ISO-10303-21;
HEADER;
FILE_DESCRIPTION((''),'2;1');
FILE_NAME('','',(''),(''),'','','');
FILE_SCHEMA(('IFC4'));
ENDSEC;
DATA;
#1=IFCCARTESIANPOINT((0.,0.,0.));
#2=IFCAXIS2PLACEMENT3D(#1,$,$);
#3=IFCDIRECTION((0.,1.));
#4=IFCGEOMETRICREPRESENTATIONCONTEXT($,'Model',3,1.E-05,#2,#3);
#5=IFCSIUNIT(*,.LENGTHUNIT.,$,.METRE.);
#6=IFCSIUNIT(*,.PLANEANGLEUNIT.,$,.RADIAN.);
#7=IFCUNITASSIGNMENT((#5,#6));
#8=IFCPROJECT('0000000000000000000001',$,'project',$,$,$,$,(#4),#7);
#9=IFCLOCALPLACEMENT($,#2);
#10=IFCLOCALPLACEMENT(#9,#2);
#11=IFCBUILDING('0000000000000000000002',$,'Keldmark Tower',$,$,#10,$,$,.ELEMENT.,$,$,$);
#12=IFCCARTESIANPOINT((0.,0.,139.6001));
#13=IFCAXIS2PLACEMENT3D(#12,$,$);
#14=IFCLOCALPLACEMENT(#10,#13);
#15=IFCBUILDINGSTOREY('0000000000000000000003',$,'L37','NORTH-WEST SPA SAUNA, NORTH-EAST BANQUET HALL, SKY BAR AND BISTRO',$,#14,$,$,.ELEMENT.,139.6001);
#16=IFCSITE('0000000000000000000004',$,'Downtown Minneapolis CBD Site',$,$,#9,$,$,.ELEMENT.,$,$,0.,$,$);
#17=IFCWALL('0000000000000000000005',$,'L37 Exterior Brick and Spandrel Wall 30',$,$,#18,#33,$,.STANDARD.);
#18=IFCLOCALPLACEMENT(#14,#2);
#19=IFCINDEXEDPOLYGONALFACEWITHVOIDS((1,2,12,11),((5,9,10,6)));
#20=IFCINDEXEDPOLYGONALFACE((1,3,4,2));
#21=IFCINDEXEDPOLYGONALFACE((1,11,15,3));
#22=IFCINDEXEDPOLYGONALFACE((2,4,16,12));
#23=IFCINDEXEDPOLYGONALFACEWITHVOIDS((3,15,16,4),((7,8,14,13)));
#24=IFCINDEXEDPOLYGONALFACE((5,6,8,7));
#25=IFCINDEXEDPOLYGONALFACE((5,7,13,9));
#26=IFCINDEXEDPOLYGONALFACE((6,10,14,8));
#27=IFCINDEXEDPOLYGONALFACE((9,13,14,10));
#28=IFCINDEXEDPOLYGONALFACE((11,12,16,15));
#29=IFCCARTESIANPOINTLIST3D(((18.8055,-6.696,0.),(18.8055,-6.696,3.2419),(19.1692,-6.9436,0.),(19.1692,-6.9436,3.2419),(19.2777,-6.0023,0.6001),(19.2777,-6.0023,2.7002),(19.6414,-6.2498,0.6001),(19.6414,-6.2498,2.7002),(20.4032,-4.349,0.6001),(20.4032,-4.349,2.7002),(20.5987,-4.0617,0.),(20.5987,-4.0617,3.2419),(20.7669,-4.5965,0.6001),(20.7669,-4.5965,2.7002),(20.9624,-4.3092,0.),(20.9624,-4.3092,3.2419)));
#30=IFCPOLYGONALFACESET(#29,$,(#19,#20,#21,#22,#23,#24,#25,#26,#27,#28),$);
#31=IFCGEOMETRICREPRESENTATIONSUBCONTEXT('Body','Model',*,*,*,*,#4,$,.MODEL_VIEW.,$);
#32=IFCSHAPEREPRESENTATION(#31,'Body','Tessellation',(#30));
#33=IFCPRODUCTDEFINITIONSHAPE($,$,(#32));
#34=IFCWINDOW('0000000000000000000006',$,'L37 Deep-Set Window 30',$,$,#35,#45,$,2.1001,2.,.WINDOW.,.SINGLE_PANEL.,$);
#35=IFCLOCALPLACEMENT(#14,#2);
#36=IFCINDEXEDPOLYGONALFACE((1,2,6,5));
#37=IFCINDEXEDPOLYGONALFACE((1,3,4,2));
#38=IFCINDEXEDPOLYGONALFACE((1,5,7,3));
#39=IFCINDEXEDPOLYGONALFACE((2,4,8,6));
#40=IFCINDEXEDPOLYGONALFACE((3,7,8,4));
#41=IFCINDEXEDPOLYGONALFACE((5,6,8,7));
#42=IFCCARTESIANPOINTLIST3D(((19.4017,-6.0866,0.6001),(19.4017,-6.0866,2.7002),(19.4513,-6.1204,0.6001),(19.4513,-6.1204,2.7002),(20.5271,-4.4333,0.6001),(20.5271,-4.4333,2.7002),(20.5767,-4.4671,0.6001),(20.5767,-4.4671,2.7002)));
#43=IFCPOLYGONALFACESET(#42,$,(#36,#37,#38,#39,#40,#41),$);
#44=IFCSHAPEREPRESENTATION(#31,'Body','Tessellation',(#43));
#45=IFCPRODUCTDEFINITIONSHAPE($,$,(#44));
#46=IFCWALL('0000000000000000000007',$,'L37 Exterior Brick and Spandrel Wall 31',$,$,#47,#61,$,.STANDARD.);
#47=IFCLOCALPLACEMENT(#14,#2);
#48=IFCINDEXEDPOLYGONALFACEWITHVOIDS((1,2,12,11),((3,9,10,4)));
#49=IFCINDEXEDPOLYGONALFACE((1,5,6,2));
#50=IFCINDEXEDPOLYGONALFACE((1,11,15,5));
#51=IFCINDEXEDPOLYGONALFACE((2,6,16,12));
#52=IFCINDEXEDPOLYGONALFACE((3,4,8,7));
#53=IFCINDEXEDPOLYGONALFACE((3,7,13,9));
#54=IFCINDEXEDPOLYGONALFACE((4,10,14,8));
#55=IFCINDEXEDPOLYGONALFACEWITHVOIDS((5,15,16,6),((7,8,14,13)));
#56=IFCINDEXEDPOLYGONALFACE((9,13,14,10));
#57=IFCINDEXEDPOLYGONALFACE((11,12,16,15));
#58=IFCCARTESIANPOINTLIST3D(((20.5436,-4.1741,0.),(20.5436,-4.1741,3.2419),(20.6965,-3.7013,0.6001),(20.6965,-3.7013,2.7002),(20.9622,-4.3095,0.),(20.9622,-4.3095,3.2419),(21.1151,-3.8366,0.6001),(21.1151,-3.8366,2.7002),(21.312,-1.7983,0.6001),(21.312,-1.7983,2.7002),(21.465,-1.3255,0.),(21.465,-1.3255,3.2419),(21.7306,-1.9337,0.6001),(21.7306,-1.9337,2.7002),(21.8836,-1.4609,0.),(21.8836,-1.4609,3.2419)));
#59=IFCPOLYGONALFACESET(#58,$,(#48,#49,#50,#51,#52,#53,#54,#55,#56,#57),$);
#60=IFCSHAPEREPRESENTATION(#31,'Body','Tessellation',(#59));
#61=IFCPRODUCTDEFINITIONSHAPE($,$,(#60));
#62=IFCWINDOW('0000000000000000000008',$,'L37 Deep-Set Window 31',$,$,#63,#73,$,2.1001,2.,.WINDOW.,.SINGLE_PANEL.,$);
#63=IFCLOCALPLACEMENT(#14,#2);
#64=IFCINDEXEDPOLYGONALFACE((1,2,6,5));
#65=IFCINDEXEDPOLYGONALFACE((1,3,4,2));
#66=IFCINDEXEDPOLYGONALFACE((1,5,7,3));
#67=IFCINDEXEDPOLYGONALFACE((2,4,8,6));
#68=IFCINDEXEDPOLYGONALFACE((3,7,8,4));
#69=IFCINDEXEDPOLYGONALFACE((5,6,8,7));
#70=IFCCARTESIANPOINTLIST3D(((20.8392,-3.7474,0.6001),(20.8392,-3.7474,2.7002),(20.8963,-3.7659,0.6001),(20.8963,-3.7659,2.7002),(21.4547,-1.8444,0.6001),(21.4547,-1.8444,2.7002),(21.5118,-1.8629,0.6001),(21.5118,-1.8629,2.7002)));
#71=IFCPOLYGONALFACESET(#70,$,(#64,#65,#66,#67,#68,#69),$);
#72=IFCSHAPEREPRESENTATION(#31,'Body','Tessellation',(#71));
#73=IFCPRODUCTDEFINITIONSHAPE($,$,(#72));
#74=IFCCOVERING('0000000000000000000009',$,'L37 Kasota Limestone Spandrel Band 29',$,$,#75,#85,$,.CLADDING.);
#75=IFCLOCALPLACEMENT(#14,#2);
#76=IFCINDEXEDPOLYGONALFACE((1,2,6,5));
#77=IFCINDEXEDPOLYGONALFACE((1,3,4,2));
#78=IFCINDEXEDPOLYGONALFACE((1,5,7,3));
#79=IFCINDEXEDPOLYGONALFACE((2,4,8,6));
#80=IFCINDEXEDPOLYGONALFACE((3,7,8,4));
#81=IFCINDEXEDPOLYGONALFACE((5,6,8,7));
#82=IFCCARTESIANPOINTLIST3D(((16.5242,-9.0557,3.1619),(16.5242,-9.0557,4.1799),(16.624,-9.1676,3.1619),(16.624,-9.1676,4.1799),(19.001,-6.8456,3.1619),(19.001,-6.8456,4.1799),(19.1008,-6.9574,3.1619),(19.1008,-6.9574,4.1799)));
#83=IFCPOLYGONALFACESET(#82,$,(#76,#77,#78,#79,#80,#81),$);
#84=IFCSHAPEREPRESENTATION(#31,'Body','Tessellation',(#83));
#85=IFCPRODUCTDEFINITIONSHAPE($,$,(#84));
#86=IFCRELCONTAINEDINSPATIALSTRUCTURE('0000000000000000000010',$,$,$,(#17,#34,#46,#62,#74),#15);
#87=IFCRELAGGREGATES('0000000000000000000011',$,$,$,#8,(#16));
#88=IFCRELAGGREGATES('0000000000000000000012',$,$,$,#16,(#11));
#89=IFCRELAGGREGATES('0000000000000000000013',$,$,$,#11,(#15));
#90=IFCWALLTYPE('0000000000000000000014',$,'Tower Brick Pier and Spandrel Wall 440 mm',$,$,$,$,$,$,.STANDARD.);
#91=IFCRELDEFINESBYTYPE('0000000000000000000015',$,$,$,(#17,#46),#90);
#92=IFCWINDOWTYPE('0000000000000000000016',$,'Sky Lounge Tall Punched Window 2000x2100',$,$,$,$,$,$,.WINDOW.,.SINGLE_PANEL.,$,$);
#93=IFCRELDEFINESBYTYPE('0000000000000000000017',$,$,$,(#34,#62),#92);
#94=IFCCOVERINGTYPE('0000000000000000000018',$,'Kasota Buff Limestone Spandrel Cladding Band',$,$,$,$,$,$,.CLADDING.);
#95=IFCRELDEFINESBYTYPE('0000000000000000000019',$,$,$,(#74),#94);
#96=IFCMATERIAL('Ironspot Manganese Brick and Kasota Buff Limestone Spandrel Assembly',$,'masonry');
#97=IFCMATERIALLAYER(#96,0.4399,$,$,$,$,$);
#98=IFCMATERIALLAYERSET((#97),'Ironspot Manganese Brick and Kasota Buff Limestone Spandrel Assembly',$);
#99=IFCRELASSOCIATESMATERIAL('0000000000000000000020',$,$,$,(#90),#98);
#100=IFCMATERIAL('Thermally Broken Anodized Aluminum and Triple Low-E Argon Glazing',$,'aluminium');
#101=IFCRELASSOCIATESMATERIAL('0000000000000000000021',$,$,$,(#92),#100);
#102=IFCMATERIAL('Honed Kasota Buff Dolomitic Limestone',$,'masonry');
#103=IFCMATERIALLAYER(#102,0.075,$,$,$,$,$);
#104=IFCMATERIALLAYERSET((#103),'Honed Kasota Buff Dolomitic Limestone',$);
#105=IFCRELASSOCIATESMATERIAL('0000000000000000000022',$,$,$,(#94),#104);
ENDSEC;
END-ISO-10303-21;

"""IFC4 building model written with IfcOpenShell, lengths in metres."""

from ifc_helpers import new_model, si_unit, direction, frame, frame_2d, origin, origin_2d, place, context, subcontext, project, spatial, rectangle, extrude, material, layer, layer_set, type_object, element, fill, save


model = new_model("IFC4")

# Units and contexts
model_context = context("Model", 3, precision=1e-05, world=origin(), true_north=direction((0.0, 1.0)))
body_context = subcontext(model_context, "Body", "Model", "MODEL_VIEW")
ifc_project = project(units=[si_unit("LENGTHUNIT", "METRE"), si_unit("PLANEANGLEUNIT", "RADIAN")], contexts=[model_context])

# Site, building, storey
site_placement = place(None, origin())
site = spatial("IfcSite", under=ifc_project, at=site_placement, Name="Downtown Minneapolis CBD Site", CompositionType="ELEMENT", RefElevation=0.0)
building_placement = place(site_placement, origin())
building = spatial("IfcBuilding", under=site, at=building_placement, Name="Keldmark Tower", CompositionType="ELEMENT")
storey_placement = place(building_placement, frame((0.0, 0.0, 139.6001)))
storey = spatial("IfcBuildingStorey", under=building, at=storey_placement, Name="L37", Description="NORTH-WEST SPA SAUNA, NORTH-EAST BANQUET HALL, SKY BAR AND BISTRO", CompositionType="ELEMENT", Elevation=139.6001)

# Shared definitions
ifc_material_1 = material(Name="Ironspot Manganese Brick and Kasota Buff Limestone Spandrel Assembly", Category="masonry")
ifc_layer_1 = layer(ifc_material_1, 0.4399)
ifc_layer_set_1 = layer_set([ifc_layer_1], Name="Ironspot Manganese Brick and Kasota Buff Limestone Spandrel Assembly")
wall_type_1 = type_object("IfcWallType", Name="Tower Brick Pier and Spandrel Wall 440 mm", PredefinedType="STANDARD", material=ifc_layer_set_1)

# Walls, openings, windows
wall_1_placement = place(storey_placement, frame((20.7805, -4.1855, 0.0), z_axis=(0.0, 0.0, 1.0), x_axis=(-0.562719, -0.826649, 0.0)))
wall_1 = element("IfcWall", 1, at=wall_1_placement, inside=storey, type_object=wall_type_1, Name="L37 Exterior Brick and Spandrel Wall 30", PredefinedType="STANDARD", context=body_context, shape_type="SweptSolid", body=[
    extrude(rectangle(XDim=3.1868, YDim=0.4399, at=frame_2d((1.5933, 0.0))), origin(), (0.0, 0.0, 1.0), 3.2419),
])
opening_1_placement = place(wall_1_placement, frame((0.3474, 0.0, 0.6001)))
opening_1 = element("IfcOpeningElement", 2, at=opening_1_placement, cuts=wall_1, PredefinedType="OPENING", context=body_context, shape_type="SweptSolid", body=[
    extrude(rectangle(XDim=2.0, YDim=2.1001, at=frame_2d((1.0, 1.05))), frame((0.0, 0.23, 0.0), z_axis=(0.0, -1.0, 0.0), x_axis=(1.0, 0.0, 0.0)), (0.0, 0.0, 1.0), 0.46),
])
ifc_material_2 = material(Name="Thermally Broken Anodized Aluminum and Triple Low-E Argon Glazing", Category="aluminium")
window_type = type_object("IfcWindowType", Name="Sky Lounge Tall Punched Window 2000x2100", PartitioningType="SINGLE_PANEL", PredefinedType="WINDOW", material=ifc_material_2)
window_1_placement = place(opening_1_placement, origin())
window_1 = element("IfcWindow", 3, at=window_1_placement, inside=storey, type_object=window_type, Name="L37 Deep-Set Window 30", OverallHeight=2.1001, OverallWidth=2.0, PartitioningType="SINGLE_PANEL", PredefinedType="WINDOW", context=body_context, shape_type="SweptSolid", body=[
    extrude(rectangle(XDim=2.0, YDim=2.1001, at=frame_2d((1.0, 1.05))), frame((0.0, -0.01, 0.0), z_axis=(0.0, -1.0, 0.0), x_axis=(1.0, 0.0, 0.0)), (0.0, 0.0, 1.0), 0.0601),
])
fill(opening_1, window_1)
wall_2_placement = place(storey_placement, frame((21.6743, -1.3931, 0.0), z_axis=(0.0, 0.0, 1.0), x_axis=(-0.307751, -0.951467, 0.0)))
wall_2 = element("IfcWall", 4, at=wall_2_placement, inside=storey, type_object=wall_type_1, Name="L37 Exterior Brick and Spandrel Wall 31", PredefinedType="STANDARD", context=body_context, shape_type="SweptSolid", body=[
    extrude(rectangle(XDim=2.9939, YDim=0.4399, at=frame_2d((1.4971, 0.0))), origin(), (0.0, 0.0, 1.0), 3.2419),
])
opening_2_placement = place(wall_2_placement, frame((0.4971, 0.0, 0.6001)))
opening_2 = element("IfcOpeningElement", 5, at=opening_2_placement, cuts=wall_2, PredefinedType="OPENING", context=body_context, shape_type="SweptSolid", body=[
    extrude(rectangle(XDim=2.0, YDim=2.1001, at=frame_2d((1.0, 1.05))), frame((0.0, 0.23, 0.0), z_axis=(0.0, -1.0, 0.0), x_axis=(1.0, 0.0, 0.0)), (0.0, 0.0, 1.0), 0.46),
])
window_2_placement = place(opening_2_placement, origin())
window_2 = element("IfcWindow", 6, at=window_2_placement, inside=storey, type_object=window_type, Name="L37 Deep-Set Window 31", OverallHeight=2.1001, OverallWidth=2.0, PartitioningType="SINGLE_PANEL", PredefinedType="WINDOW", context=body_context, shape_type="SweptSolid", body=[
    extrude(rectangle(XDim=2.0, YDim=2.1001, at=frame_2d((1.0, 1.05))), frame((0.0, -0.01, 0.0), z_axis=(0.0, -1.0, 0.0), x_axis=(1.0, 0.0, 0.0)), (0.0, 0.0, 1.0), 0.0601),
])
fill(opening_2, window_2)

# Covering
ifc_material_3 = material(Name="Honed Kasota Buff Dolomitic Limestone", Category="masonry")
ifc_layer_2 = layer(ifc_material_3, 0.075)
ifc_layer_set_2 = layer_set([ifc_layer_2], Name="Honed Kasota Buff Dolomitic Limestone")
covering_type = type_object("IfcCoveringType", Name="Kasota Buff Limestone Spandrel Cladding Band", PredefinedType="CLADDING", material=ifc_layer_set_2)
covering_placement = place(storey_placement, frame((17.8125, -8.0066, 3.1619), z_axis=(0.0, 0.0, 1.0), x_axis=(0.746139, 0.665791, 0.0)))
element("IfcCovering", 7, at=covering_placement, inside=storey, type_object=covering_type, Name="L37 Kasota Limestone Spandrel Band 29", PredefinedType="CLADDING", context=body_context, shape_type="SweptSolid", body=[
    extrude(rectangle(XDim=3.3196, YDim=0.1499, at=origin_2d()), origin(), (0.0, 0.0, 1.0), 1.0181),
])

save(model, "model.ifc")
